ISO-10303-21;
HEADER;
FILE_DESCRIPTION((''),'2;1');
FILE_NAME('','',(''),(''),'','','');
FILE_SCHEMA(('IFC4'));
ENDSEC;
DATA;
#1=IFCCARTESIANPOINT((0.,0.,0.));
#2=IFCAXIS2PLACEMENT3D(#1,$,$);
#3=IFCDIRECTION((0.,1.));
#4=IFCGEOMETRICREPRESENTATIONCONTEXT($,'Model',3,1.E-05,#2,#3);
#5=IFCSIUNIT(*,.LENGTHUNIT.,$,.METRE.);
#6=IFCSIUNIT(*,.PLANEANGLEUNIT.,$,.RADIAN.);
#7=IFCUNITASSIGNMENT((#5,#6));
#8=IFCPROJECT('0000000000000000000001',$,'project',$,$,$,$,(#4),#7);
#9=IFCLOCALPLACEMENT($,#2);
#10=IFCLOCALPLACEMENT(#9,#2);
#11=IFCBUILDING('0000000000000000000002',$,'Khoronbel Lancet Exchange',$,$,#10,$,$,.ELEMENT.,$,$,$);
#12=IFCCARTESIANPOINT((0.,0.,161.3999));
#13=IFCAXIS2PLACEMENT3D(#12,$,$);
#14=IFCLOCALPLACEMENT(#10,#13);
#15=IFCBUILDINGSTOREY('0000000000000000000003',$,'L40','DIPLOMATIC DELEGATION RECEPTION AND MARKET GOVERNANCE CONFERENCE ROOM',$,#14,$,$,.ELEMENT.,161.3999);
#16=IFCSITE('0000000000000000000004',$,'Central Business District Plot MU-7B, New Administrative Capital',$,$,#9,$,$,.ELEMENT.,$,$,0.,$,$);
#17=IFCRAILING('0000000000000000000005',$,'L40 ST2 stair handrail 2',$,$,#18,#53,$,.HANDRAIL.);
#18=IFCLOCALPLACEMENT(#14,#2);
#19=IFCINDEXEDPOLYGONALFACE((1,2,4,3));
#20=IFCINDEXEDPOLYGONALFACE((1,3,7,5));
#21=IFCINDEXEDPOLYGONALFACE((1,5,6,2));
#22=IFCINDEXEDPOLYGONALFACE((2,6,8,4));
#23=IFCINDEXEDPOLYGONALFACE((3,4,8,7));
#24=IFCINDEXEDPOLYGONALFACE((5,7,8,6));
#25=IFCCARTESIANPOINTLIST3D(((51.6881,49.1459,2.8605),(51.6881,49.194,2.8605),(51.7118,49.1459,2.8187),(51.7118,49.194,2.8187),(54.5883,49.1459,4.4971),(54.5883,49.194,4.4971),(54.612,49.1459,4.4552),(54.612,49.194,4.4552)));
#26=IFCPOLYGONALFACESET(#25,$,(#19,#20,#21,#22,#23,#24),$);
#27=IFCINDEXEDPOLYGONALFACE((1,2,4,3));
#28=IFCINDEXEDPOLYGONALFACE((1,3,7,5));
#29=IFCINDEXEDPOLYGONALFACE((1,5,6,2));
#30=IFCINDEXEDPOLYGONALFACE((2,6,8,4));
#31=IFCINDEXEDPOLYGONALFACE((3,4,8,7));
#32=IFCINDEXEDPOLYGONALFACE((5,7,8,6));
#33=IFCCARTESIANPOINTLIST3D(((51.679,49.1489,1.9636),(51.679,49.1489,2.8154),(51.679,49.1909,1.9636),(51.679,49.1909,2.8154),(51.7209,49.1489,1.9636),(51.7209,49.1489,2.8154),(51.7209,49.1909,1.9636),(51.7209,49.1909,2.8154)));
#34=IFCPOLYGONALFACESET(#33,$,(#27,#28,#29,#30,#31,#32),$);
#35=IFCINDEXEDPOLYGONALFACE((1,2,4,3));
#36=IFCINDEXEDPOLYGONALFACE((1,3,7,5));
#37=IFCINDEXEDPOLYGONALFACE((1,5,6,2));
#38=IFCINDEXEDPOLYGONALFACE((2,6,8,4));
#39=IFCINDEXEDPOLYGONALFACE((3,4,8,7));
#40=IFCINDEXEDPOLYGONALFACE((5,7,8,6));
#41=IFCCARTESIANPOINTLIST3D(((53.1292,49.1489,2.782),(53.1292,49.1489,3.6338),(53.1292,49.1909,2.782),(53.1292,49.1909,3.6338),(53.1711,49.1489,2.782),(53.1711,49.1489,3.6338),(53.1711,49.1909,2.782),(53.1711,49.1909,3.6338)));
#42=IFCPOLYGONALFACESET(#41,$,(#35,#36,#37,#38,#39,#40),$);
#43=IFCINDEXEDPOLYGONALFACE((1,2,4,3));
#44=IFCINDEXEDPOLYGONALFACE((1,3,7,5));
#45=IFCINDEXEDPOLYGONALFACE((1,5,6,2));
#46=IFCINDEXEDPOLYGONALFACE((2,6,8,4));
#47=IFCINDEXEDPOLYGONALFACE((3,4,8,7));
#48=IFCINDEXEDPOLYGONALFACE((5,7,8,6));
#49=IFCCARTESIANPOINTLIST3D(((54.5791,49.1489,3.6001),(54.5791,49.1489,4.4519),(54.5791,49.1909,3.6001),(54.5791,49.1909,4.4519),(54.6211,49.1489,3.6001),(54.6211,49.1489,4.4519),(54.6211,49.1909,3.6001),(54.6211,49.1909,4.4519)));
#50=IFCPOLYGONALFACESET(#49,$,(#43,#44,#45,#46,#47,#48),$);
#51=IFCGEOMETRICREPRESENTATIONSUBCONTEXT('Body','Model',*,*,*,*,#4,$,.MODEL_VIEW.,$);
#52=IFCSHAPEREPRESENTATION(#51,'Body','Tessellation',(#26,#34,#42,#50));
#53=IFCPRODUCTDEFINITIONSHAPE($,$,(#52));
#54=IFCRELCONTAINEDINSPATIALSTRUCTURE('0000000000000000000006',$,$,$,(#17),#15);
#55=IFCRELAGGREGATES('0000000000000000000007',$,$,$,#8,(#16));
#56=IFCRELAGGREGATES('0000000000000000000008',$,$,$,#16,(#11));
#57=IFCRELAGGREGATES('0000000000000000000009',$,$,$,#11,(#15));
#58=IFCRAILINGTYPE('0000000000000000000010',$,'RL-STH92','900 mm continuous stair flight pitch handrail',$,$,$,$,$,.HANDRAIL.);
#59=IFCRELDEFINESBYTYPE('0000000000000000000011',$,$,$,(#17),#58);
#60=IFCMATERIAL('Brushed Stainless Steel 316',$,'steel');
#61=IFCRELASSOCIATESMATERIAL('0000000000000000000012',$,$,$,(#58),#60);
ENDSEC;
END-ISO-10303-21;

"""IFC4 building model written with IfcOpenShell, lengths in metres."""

from ifc_helpers import new_model, si_unit, direction, frame, origin, origin_2d, place, context, subcontext, project, spatial, rectangle, extrude, material, type_object, element, save


model = new_model("IFC4")

# Units and contexts
model_context = context("Model", 3, precision=1e-05, world=origin(), true_north=direction((0.0, 1.0)))
body_context = subcontext(model_context, "Body", "Model", "MODEL_VIEW")
ifc_project = project(units=[si_unit("LENGTHUNIT", "METRE"), si_unit("PLANEANGLEUNIT", "RADIAN")], contexts=[model_context])

# Site, building, storey
site_placement = place(None, origin())
site = spatial("IfcSite", under=ifc_project, at=site_placement, Name="Central Business District Plot MU-7B, New Administrative Capital", CompositionType="ELEMENT", RefElevation=0.0)
building_placement = place(site_placement, origin())
building = spatial("IfcBuilding", under=site, at=building_placement, Name="Khoronbel Lancet Exchange", CompositionType="ELEMENT")
storey_placement = place(building_placement, frame((0.0, 0.0, 161.3999)))
storey = spatial("IfcBuildingStorey", under=building, at=storey_placement, Name="L40", Description="DIPLOMATIC DELEGATION RECEPTION AND MARKET GOVERNANCE CONFERENCE ROOM", CompositionType="ELEMENT", Elevation=161.3999)

# Railing
ifc_material_1 = material(Name="Brushed Stainless Steel 316", Category="steel")
railing_type_1 = type_object("IfcRailingType", Name="RL-STH92", Description="900 mm continuous stair flight pitch handrail", PredefinedType="HANDRAIL", material=ifc_material_1)
railing_1_placement = place(storey_placement, frame((51.7, 49.1699, 1.9636)))
element("IfcRailing", 1, at=railing_1_placement, inside=storey, type_object=railing_type_1, Name="L40 ST2 stair handrail 2", PredefinedType="HANDRAIL", context=body_context, shape_type="SweptSolid", body=[
    extrude(rectangle(XDim=0.0481, YDim=0.0481, at=origin_2d()), frame((0.0, 0.0, 0.876), z_axis=(0.870915, 0.0, 0.491434), x_axis=(0.0, 1.0, 0.0)), (0.0, 0.0, 1.0), 3.3301),
    extrude(rectangle(XDim=0.042, YDim=0.042, at=origin_2d()), origin(), (0.0, 0.0, 1.0), 0.8518),
    extrude(rectangle(XDim=0.042, YDim=0.042, at=origin_2d()), frame((1.4502, 0.0, 0.8184)), (0.0, 0.0, 1.0), 0.8518),
    extrude(rectangle(XDim=0.042, YDim=0.042, at=origin_2d()), frame((2.9001, 0.0, 1.6365)), (0.0, 0.0, 1.0), 0.8518),
])

save(model, "model.ifc")
